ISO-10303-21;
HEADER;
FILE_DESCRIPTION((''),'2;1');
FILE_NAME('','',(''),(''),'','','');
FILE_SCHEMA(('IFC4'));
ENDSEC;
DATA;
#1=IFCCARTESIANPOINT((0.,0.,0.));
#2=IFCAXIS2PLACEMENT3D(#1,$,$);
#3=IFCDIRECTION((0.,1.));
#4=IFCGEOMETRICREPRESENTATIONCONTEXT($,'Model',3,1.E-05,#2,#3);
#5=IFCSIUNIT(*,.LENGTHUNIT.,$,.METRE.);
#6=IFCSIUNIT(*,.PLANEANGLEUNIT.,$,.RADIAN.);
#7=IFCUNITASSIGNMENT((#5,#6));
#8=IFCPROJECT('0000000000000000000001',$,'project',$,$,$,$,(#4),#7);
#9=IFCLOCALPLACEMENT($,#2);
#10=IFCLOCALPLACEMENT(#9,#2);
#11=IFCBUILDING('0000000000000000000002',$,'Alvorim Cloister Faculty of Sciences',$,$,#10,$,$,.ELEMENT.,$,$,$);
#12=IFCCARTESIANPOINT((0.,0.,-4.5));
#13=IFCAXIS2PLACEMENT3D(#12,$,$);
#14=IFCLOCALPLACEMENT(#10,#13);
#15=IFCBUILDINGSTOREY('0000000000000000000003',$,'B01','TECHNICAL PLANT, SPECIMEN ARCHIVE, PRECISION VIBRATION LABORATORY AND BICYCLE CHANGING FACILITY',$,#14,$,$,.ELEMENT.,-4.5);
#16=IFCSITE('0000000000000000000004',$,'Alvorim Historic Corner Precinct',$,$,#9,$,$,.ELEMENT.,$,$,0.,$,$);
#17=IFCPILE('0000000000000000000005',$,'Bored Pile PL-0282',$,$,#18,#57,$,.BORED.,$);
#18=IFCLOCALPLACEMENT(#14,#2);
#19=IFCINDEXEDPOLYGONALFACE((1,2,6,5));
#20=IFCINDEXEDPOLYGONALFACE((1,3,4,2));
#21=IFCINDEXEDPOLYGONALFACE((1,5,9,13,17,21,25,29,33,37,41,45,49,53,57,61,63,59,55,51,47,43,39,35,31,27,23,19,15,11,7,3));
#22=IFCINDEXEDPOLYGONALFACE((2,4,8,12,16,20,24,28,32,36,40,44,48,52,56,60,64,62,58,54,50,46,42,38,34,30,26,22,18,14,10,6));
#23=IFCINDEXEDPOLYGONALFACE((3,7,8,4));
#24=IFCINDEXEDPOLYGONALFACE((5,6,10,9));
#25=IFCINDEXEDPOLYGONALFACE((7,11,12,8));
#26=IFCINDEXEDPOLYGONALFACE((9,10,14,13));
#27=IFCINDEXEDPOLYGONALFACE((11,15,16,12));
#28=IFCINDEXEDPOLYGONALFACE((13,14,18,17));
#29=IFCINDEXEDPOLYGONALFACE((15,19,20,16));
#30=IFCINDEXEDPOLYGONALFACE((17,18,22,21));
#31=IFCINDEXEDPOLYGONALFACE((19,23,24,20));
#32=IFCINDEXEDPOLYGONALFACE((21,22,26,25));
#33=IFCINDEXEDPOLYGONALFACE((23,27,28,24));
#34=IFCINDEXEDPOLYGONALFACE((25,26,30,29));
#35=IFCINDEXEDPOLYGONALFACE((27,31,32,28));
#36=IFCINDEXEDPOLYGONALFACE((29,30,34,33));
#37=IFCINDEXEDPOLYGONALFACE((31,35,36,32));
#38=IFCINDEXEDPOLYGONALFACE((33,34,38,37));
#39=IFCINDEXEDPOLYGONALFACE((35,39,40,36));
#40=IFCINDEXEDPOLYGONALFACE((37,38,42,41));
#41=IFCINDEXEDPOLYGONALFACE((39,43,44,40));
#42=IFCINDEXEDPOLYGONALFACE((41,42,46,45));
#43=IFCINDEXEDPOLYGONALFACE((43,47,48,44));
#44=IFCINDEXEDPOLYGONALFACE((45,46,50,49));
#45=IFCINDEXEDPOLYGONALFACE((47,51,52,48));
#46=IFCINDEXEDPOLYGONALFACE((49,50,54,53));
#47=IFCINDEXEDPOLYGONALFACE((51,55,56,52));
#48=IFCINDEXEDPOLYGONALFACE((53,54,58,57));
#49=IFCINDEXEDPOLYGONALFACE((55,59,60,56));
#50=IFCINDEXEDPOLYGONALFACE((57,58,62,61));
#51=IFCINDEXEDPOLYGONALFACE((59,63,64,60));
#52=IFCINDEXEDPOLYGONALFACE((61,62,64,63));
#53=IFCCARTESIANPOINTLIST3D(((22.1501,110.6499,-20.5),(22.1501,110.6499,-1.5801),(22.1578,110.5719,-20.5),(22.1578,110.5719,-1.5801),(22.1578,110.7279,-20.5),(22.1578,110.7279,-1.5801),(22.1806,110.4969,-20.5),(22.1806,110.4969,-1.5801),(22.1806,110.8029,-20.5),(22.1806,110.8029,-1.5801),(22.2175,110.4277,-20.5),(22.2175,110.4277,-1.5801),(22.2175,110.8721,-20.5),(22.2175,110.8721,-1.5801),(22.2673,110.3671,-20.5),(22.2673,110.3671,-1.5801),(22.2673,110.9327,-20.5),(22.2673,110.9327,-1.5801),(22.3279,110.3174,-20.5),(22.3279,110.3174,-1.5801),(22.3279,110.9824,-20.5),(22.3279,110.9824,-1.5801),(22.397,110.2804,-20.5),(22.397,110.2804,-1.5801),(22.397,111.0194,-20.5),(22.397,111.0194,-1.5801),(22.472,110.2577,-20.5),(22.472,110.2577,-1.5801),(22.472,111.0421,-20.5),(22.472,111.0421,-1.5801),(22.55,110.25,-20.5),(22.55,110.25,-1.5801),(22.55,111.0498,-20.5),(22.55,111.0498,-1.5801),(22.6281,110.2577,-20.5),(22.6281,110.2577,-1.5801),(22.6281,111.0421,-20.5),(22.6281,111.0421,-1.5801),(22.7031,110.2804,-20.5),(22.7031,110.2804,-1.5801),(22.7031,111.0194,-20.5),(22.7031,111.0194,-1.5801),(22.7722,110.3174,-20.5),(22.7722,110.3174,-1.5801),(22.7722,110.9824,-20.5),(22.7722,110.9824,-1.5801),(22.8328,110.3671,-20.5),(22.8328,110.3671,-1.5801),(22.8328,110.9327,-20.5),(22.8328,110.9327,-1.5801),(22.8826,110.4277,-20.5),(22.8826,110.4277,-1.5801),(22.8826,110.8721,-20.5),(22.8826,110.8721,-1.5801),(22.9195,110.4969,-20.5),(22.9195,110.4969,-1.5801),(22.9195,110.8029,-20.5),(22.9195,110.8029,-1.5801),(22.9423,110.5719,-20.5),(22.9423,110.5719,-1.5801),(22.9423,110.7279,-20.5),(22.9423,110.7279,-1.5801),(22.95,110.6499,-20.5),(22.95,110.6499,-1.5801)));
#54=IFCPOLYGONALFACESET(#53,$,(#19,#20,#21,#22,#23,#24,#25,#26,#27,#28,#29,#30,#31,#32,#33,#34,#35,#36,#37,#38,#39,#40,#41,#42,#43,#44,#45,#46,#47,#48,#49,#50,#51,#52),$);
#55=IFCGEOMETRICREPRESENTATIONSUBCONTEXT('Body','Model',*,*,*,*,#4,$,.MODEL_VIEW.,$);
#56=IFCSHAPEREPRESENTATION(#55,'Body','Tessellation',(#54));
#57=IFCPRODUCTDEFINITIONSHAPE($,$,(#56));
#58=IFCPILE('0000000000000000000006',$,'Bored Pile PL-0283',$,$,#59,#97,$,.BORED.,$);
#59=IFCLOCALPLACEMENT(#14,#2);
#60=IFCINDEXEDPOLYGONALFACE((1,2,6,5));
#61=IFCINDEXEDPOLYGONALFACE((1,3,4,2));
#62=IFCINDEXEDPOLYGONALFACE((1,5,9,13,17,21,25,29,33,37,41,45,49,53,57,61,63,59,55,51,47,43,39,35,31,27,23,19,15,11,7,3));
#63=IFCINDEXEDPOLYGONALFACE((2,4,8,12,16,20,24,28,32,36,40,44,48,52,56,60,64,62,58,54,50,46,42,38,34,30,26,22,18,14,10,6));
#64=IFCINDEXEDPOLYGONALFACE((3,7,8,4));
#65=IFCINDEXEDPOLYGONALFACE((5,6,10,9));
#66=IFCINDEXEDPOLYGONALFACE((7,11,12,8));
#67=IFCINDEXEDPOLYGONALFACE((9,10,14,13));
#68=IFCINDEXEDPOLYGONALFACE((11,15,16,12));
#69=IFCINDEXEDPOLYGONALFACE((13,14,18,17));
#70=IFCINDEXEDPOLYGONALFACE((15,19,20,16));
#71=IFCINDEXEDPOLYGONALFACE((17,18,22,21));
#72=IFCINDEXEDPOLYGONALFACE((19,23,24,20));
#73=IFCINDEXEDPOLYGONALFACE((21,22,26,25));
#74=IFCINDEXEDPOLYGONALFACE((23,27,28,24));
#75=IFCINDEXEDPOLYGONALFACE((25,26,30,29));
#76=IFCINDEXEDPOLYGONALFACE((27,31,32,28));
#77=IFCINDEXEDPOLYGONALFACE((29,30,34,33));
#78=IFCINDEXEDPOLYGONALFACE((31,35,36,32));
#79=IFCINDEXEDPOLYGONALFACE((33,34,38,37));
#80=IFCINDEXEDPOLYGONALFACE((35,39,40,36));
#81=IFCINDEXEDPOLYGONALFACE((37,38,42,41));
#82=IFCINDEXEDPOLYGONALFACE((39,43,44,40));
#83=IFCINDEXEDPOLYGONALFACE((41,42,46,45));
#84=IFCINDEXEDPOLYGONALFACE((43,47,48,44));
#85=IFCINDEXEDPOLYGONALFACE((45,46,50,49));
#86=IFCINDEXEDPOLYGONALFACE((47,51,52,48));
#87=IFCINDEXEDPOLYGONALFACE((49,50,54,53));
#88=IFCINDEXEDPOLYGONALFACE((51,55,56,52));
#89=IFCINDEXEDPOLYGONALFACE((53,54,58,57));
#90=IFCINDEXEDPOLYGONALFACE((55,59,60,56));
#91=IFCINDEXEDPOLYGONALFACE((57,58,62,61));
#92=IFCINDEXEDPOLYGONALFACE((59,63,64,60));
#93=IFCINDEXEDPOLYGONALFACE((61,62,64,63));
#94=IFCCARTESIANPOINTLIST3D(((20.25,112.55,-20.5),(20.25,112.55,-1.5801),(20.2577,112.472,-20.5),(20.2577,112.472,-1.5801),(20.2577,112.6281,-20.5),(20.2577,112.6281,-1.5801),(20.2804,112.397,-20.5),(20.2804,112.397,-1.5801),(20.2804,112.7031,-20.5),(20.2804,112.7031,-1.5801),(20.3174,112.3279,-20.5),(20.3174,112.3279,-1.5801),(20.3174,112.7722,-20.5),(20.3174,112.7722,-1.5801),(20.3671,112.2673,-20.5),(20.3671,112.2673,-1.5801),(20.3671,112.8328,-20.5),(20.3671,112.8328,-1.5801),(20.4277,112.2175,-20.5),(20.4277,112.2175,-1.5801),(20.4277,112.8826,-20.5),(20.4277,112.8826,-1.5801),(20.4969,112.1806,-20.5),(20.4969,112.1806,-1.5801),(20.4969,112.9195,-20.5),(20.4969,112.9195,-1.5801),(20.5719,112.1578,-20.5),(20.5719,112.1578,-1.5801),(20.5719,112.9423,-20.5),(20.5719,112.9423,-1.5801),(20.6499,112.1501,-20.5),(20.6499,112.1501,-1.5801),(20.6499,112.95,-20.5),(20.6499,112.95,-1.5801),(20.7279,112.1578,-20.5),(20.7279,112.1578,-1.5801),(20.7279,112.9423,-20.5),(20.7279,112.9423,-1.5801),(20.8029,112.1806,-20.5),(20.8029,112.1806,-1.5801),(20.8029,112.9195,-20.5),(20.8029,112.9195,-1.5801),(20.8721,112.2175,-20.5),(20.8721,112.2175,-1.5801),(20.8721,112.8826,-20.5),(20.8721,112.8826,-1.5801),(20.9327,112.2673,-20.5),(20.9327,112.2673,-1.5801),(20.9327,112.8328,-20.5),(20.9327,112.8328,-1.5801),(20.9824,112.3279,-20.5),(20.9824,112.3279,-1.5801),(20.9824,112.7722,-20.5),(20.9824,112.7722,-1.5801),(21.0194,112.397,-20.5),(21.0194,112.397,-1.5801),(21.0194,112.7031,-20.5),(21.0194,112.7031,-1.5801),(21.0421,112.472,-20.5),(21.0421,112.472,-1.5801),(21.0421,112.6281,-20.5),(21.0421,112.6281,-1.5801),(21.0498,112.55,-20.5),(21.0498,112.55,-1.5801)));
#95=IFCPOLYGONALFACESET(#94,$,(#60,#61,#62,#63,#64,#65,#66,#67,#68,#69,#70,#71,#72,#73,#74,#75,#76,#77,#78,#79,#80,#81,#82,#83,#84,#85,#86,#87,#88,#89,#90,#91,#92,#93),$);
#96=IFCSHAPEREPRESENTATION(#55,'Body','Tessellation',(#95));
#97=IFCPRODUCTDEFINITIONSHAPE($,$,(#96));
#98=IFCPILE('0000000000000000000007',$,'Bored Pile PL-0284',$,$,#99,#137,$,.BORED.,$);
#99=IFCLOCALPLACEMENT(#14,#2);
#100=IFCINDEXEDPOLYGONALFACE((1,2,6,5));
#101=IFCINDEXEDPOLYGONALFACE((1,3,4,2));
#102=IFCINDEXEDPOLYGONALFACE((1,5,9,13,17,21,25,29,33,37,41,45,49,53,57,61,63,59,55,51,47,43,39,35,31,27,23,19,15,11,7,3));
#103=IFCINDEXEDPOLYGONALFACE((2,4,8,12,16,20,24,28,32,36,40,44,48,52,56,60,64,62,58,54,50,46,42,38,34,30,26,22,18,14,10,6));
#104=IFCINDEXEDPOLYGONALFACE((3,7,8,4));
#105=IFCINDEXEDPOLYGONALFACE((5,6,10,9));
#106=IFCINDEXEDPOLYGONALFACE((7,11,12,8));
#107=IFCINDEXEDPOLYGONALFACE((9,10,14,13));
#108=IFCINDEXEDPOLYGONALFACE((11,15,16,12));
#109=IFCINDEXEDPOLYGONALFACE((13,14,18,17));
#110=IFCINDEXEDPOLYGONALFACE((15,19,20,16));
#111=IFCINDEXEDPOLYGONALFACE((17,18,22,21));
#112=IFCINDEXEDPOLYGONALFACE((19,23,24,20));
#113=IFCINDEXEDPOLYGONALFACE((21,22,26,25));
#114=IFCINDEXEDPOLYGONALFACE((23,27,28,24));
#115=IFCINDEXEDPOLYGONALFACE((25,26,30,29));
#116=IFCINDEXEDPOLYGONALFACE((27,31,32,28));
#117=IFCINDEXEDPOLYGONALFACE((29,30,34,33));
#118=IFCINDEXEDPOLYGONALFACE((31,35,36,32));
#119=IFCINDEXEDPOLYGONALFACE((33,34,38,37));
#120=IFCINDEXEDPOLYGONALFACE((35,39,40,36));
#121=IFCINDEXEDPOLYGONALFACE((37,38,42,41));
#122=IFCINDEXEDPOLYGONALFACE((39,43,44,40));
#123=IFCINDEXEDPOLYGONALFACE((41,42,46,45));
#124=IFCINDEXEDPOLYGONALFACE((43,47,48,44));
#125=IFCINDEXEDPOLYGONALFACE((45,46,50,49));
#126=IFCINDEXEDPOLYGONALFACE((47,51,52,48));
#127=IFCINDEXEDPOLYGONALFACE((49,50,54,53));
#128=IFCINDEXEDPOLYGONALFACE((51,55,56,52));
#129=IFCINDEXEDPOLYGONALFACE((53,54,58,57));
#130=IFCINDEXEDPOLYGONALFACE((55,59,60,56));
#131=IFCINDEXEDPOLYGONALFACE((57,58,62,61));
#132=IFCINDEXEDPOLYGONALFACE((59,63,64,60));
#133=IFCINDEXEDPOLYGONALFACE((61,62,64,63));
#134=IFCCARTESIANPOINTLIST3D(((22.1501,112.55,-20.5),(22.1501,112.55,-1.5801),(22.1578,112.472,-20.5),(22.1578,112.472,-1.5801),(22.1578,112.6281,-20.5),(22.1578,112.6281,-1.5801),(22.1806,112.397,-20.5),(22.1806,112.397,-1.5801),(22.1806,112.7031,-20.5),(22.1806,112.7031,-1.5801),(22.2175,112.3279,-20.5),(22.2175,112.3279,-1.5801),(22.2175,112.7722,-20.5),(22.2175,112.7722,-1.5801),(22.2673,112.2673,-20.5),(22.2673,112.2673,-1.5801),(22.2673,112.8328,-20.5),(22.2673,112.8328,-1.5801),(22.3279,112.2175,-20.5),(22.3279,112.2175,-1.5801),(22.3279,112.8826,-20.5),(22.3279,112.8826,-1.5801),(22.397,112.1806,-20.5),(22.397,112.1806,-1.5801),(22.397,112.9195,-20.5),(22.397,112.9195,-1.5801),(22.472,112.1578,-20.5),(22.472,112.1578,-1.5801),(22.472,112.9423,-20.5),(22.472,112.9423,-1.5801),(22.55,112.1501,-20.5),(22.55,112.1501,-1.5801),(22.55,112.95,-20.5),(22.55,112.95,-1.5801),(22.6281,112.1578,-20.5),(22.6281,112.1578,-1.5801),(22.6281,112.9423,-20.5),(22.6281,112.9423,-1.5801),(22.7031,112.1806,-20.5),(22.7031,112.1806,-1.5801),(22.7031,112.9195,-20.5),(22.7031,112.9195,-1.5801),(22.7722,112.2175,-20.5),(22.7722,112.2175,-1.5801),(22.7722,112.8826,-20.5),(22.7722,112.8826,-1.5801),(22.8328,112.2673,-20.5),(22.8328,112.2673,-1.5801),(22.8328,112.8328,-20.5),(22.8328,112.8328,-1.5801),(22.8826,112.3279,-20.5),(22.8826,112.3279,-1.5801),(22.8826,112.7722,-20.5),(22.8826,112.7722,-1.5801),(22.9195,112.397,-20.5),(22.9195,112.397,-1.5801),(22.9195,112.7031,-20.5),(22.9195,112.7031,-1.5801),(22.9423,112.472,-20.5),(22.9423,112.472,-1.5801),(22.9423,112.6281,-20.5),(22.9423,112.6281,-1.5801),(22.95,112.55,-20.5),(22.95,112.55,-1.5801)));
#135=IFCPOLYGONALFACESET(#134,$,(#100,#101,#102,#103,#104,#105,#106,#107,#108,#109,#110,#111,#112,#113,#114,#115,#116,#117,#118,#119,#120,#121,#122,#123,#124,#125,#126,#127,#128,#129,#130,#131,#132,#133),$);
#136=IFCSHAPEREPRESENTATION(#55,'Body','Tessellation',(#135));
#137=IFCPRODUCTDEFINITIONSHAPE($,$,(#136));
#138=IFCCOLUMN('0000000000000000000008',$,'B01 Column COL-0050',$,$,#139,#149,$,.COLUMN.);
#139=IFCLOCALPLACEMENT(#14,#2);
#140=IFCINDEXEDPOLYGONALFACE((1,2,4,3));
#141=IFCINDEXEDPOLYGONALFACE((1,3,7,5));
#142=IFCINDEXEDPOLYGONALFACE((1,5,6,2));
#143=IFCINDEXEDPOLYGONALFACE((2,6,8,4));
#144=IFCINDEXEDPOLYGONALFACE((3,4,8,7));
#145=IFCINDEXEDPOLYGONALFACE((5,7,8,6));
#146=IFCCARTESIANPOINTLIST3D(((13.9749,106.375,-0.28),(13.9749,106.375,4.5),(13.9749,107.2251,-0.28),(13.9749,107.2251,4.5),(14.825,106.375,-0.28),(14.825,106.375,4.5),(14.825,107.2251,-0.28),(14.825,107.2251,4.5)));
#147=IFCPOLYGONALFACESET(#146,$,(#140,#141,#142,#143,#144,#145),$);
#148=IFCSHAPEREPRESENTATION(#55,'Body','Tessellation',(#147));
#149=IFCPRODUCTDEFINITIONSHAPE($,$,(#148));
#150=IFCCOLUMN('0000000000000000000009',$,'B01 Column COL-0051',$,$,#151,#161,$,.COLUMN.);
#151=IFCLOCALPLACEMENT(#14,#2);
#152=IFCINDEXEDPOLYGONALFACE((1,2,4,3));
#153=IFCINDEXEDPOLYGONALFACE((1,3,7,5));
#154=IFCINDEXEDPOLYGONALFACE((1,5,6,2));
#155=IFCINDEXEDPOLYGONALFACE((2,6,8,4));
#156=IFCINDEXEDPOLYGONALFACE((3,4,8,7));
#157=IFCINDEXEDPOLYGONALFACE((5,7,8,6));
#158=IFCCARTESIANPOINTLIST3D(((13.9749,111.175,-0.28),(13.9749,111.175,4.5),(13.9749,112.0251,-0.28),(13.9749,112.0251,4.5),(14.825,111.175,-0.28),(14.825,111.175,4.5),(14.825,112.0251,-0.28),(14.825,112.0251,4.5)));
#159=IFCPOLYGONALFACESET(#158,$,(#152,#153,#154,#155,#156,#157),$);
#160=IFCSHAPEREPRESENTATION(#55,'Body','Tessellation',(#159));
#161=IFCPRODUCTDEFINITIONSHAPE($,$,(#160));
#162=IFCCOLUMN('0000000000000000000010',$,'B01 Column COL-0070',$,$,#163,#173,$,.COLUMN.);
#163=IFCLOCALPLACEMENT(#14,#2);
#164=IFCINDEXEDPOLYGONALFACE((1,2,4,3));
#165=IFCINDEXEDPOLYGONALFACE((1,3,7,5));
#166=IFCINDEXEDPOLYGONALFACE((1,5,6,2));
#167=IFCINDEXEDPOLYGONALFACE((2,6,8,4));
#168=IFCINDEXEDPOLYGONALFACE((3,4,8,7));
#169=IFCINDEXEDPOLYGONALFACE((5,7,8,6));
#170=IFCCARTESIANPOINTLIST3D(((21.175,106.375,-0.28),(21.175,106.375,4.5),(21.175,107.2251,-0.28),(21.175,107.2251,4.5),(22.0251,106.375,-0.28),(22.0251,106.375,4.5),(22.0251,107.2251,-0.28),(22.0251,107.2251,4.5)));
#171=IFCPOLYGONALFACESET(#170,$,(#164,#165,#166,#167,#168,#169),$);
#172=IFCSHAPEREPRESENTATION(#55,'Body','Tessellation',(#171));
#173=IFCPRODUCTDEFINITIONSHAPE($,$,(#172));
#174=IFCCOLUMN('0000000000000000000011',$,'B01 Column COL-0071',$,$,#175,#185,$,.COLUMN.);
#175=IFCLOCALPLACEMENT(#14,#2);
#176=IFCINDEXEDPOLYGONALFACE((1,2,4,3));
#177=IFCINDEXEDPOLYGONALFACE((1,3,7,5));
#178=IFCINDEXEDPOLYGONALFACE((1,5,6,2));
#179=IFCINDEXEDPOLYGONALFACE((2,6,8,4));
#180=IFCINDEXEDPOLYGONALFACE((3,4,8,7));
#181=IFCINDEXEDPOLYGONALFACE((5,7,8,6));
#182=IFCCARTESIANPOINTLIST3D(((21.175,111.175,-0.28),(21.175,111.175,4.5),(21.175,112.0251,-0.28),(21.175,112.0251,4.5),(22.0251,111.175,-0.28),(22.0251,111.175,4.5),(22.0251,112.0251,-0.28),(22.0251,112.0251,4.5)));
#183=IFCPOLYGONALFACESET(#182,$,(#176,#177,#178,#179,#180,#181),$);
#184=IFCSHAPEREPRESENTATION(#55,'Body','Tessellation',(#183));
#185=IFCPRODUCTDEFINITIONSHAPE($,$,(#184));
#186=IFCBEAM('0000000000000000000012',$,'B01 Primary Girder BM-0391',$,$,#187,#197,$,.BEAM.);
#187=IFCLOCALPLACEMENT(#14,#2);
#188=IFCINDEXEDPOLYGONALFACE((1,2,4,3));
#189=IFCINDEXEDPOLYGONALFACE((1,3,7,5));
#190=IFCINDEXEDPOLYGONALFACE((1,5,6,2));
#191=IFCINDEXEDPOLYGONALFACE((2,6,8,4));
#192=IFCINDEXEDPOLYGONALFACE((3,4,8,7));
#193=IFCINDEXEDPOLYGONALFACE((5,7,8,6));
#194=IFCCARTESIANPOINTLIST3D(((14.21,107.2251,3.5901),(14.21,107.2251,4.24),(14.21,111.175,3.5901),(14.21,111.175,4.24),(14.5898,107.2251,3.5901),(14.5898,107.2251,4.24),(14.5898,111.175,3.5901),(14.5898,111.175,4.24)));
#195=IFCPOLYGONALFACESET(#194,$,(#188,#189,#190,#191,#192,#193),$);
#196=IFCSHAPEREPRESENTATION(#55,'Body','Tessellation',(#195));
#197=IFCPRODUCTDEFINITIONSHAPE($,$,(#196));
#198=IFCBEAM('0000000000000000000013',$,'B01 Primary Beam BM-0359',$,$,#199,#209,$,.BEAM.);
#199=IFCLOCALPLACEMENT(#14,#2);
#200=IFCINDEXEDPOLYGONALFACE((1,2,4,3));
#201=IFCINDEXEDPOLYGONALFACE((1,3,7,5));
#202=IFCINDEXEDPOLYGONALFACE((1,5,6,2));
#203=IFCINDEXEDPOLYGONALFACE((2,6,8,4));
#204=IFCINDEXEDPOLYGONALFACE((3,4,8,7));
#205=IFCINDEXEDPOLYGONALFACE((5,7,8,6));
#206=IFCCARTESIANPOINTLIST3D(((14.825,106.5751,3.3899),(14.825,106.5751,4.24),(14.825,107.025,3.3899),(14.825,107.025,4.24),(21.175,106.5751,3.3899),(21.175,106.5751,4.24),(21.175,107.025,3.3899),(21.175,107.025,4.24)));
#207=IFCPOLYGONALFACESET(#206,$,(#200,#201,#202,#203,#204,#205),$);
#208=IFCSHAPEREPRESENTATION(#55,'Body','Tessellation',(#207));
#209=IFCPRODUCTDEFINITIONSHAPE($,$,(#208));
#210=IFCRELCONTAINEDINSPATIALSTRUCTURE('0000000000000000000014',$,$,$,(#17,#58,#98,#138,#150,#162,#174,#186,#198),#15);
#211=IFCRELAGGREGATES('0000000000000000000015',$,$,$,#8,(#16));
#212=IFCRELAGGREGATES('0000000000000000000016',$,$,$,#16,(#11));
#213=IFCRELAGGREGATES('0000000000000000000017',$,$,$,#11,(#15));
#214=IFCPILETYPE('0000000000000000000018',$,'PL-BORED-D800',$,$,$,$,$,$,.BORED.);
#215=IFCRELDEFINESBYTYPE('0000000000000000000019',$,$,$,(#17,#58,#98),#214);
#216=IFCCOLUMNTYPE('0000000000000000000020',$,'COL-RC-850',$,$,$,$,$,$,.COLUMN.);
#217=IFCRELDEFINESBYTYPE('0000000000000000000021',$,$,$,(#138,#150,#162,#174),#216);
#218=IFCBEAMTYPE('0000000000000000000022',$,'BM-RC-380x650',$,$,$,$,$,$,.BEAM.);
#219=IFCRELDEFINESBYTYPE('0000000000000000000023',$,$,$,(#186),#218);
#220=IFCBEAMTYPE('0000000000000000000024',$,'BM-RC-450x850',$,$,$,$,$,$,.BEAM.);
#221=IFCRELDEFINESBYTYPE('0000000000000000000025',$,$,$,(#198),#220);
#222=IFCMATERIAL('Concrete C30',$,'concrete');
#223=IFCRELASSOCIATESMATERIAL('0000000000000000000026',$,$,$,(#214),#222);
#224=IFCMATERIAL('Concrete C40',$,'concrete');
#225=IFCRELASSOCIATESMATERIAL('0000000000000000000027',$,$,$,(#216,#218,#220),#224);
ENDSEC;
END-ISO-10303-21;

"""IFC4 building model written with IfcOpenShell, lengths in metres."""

from ifc_helpers import new_model, si_unit, direction, frame, origin, origin_2d, place, context, subcontext, project, spatial, rectangle, circle, extrude, material, material_profile, profile_set, type_object, element, save


model = new_model("IFC4")

# Units and contexts
model_context = context("Model", 3, precision=1e-05, world=origin(), true_north=direction((0.0, 1.0)))
body_context = subcontext(model_context, "Body", "Model", "MODEL_VIEW")
ifc_project = project(units=[si_unit("LENGTHUNIT", "METRE"), si_unit("PLANEANGLEUNIT", "RADIAN")], contexts=[model_context])

# Site, building, storey
site_placement = place(None, origin())
site = spatial("IfcSite", under=ifc_project, at=site_placement, Name="Alvorim Historic Corner Precinct", CompositionType="ELEMENT", RefElevation=0.0)
building_placement = place(site_placement, origin())
building = spatial("IfcBuilding", under=site, at=building_placement, Name="Alvorim Cloister Faculty of Sciences", CompositionType="ELEMENT")
storey_placement = place(building_placement, frame((0.0, 0.0, -4.5)))
storey = spatial("IfcBuildingStorey", under=building, at=storey_placement, Name="B01", Description="TECHNICAL PLANT, SPECIMEN ARCHIVE, PRECISION VIBRATION LABORATORY AND BICYCLE CHANGING FACILITY", CompositionType="ELEMENT", Elevation=-4.5)

# Shared definitions
ifc_material_1 = material(Name="Concrete C40", Category="concrete")

# Piles
ifc_material_2 = material(Name="Concrete C30", Category="concrete")
ifc_material_profile_1 = material_profile(ifc_material_2, circle(Radius=0.3999, at=origin_2d()), Name="PILE-D800")
ifc_profile_set_1 = profile_set([ifc_material_profile_1], Name="Concrete C30")
pile_type = type_object("IfcPileType", Name="PL-BORED-D800", PredefinedType="BORED", material=ifc_profile_set_1)
for number, where, z_axis, x_axis, name in (
    (1, (22.55, 110.6499, -1.5801), (0.0, 0.0, -1.0), (1.0, 0.0, 0.0), "Bored Pile PL-0282"),
    (2, (20.6499, 112.55, -1.5801), (0.0, 0.0, -1.0), (1.0, 0.0, 0.0), "Bored Pile PL-0283"),
    (3, (22.55, 112.55, -1.5801), (0.0, 0.0, -1.0), (1.0, 0.0, 0.0), "Bored Pile PL-0284"),
):
    element("IfcPile", number, at=place(storey_placement, frame(where, z_axis=z_axis, x_axis=x_axis)), inside=storey, type_object=pile_type, Name=name, PredefinedType="BORED", context=body_context, shape_type="SweptSolid", body=[
        extrude(circle(Radius=0.3999, at=origin_2d()), origin(), (0.0, 0.0, 1.0), 18.9199),
    ])

# Columns
ifc_material_profile_2 = material_profile(ifc_material_1, rectangle(XDim=0.8501, YDim=0.8501, at=origin_2d()), Name="RC40-COL-850x850")
ifc_profile_set_2 = profile_set([ifc_material_profile_2], Name="Concrete C40")
column_type = type_object("IfcColumnType", Name="COL-RC-850", PredefinedType="COLUMN", material=ifc_profile_set_2)
for number, where, z_axis, x_axis, name in (
    (4, (14.3999, 106.8, -0.28), (0.0, 0.0, 1.0), (1.0, 0.0, 0.0), "B01 Column COL-0050"),
    (5, (14.3999, 111.6001, -0.28), (0.0, 0.0, 1.0), (1.0, 0.0, 0.0), "B01 Column COL-0051"),
    (6, (21.6001, 106.8, -0.28), (0.0, 0.0, 1.0), (1.0, 0.0, 0.0), "B01 Column COL-0070"),
    (7, (21.6001, 111.6001, -0.28), (0.0, 0.0, 1.0), (1.0, 0.0, 0.0), "B01 Column COL-0071"),
):
    element("IfcColumn", number, at=place(storey_placement, frame(where, z_axis=z_axis, x_axis=x_axis)), inside=storey, type_object=column_type, Name=name, PredefinedType="COLUMN", context=body_context, shape_type="SweptSolid", body=[
        extrude(rectangle(XDim=0.8501, YDim=0.8501, at=origin_2d()), origin(), (0.0, 0.0, 1.0), 4.78),
    ])

# Beams
ifc_material_profile_3 = material_profile(ifc_material_1, rectangle(XDim=0.3799, YDim=0.6499, at=origin_2d()), Name="RC40-BM-380x650")
ifc_profile_set_3 = profile_set([ifc_material_profile_3], Name="Concrete C40")
beam_type_1 = type_object("IfcBeamType", Name="BM-RC-380x650", PredefinedType="BEAM", material=ifc_profile_set_3)
beam_1_placement = place(storey_placement, frame((14.3999, 107.2251, 3.915), z_axis=(0.0, 1.0, 0.0), x_axis=(-1.0, 0.0, 0.0)))
element("IfcBeam", 8, at=beam_1_placement, inside=storey, type_object=beam_type_1, Name="B01 Primary Girder BM-0391", PredefinedType="BEAM", context=body_context, shape_type="SweptSolid", body=[
    extrude(rectangle(XDim=0.3799, YDim=0.6499, at=origin_2d()), origin(), (0.0, 0.0, 1.0), 3.95),
])
ifc_material_profile_4 = material_profile(ifc_material_1, rectangle(XDim=0.45, YDim=0.8501, at=origin_2d()), Name="RC40-BM-450x850")
ifc_profile_set_4 = profile_set([ifc_material_profile_4], Name="Concrete C40")
beam_type_2 = type_object("IfcBeamType", Name="BM-RC-450x850", PredefinedType="BEAM", material=ifc_profile_set_4)
beam_2_placement = place(storey_placement, frame((14.825, 106.8, 3.8149), z_axis=(1.0, 0.0, 0.0), x_axis=(0.0, 1.0, 0.0)))
element("IfcBeam", 9, at=beam_2_placement, inside=storey, type_object=beam_type_2, Name="B01 Primary Beam BM-0359", PredefinedType="BEAM", context=body_context, shape_type="SweptSolid", body=[
    extrude(rectangle(XDim=0.45, YDim=0.8501, at=origin_2d()), origin(), (0.0, 0.0, 1.0), 6.3501),
])

save(model, "model.ifc")
